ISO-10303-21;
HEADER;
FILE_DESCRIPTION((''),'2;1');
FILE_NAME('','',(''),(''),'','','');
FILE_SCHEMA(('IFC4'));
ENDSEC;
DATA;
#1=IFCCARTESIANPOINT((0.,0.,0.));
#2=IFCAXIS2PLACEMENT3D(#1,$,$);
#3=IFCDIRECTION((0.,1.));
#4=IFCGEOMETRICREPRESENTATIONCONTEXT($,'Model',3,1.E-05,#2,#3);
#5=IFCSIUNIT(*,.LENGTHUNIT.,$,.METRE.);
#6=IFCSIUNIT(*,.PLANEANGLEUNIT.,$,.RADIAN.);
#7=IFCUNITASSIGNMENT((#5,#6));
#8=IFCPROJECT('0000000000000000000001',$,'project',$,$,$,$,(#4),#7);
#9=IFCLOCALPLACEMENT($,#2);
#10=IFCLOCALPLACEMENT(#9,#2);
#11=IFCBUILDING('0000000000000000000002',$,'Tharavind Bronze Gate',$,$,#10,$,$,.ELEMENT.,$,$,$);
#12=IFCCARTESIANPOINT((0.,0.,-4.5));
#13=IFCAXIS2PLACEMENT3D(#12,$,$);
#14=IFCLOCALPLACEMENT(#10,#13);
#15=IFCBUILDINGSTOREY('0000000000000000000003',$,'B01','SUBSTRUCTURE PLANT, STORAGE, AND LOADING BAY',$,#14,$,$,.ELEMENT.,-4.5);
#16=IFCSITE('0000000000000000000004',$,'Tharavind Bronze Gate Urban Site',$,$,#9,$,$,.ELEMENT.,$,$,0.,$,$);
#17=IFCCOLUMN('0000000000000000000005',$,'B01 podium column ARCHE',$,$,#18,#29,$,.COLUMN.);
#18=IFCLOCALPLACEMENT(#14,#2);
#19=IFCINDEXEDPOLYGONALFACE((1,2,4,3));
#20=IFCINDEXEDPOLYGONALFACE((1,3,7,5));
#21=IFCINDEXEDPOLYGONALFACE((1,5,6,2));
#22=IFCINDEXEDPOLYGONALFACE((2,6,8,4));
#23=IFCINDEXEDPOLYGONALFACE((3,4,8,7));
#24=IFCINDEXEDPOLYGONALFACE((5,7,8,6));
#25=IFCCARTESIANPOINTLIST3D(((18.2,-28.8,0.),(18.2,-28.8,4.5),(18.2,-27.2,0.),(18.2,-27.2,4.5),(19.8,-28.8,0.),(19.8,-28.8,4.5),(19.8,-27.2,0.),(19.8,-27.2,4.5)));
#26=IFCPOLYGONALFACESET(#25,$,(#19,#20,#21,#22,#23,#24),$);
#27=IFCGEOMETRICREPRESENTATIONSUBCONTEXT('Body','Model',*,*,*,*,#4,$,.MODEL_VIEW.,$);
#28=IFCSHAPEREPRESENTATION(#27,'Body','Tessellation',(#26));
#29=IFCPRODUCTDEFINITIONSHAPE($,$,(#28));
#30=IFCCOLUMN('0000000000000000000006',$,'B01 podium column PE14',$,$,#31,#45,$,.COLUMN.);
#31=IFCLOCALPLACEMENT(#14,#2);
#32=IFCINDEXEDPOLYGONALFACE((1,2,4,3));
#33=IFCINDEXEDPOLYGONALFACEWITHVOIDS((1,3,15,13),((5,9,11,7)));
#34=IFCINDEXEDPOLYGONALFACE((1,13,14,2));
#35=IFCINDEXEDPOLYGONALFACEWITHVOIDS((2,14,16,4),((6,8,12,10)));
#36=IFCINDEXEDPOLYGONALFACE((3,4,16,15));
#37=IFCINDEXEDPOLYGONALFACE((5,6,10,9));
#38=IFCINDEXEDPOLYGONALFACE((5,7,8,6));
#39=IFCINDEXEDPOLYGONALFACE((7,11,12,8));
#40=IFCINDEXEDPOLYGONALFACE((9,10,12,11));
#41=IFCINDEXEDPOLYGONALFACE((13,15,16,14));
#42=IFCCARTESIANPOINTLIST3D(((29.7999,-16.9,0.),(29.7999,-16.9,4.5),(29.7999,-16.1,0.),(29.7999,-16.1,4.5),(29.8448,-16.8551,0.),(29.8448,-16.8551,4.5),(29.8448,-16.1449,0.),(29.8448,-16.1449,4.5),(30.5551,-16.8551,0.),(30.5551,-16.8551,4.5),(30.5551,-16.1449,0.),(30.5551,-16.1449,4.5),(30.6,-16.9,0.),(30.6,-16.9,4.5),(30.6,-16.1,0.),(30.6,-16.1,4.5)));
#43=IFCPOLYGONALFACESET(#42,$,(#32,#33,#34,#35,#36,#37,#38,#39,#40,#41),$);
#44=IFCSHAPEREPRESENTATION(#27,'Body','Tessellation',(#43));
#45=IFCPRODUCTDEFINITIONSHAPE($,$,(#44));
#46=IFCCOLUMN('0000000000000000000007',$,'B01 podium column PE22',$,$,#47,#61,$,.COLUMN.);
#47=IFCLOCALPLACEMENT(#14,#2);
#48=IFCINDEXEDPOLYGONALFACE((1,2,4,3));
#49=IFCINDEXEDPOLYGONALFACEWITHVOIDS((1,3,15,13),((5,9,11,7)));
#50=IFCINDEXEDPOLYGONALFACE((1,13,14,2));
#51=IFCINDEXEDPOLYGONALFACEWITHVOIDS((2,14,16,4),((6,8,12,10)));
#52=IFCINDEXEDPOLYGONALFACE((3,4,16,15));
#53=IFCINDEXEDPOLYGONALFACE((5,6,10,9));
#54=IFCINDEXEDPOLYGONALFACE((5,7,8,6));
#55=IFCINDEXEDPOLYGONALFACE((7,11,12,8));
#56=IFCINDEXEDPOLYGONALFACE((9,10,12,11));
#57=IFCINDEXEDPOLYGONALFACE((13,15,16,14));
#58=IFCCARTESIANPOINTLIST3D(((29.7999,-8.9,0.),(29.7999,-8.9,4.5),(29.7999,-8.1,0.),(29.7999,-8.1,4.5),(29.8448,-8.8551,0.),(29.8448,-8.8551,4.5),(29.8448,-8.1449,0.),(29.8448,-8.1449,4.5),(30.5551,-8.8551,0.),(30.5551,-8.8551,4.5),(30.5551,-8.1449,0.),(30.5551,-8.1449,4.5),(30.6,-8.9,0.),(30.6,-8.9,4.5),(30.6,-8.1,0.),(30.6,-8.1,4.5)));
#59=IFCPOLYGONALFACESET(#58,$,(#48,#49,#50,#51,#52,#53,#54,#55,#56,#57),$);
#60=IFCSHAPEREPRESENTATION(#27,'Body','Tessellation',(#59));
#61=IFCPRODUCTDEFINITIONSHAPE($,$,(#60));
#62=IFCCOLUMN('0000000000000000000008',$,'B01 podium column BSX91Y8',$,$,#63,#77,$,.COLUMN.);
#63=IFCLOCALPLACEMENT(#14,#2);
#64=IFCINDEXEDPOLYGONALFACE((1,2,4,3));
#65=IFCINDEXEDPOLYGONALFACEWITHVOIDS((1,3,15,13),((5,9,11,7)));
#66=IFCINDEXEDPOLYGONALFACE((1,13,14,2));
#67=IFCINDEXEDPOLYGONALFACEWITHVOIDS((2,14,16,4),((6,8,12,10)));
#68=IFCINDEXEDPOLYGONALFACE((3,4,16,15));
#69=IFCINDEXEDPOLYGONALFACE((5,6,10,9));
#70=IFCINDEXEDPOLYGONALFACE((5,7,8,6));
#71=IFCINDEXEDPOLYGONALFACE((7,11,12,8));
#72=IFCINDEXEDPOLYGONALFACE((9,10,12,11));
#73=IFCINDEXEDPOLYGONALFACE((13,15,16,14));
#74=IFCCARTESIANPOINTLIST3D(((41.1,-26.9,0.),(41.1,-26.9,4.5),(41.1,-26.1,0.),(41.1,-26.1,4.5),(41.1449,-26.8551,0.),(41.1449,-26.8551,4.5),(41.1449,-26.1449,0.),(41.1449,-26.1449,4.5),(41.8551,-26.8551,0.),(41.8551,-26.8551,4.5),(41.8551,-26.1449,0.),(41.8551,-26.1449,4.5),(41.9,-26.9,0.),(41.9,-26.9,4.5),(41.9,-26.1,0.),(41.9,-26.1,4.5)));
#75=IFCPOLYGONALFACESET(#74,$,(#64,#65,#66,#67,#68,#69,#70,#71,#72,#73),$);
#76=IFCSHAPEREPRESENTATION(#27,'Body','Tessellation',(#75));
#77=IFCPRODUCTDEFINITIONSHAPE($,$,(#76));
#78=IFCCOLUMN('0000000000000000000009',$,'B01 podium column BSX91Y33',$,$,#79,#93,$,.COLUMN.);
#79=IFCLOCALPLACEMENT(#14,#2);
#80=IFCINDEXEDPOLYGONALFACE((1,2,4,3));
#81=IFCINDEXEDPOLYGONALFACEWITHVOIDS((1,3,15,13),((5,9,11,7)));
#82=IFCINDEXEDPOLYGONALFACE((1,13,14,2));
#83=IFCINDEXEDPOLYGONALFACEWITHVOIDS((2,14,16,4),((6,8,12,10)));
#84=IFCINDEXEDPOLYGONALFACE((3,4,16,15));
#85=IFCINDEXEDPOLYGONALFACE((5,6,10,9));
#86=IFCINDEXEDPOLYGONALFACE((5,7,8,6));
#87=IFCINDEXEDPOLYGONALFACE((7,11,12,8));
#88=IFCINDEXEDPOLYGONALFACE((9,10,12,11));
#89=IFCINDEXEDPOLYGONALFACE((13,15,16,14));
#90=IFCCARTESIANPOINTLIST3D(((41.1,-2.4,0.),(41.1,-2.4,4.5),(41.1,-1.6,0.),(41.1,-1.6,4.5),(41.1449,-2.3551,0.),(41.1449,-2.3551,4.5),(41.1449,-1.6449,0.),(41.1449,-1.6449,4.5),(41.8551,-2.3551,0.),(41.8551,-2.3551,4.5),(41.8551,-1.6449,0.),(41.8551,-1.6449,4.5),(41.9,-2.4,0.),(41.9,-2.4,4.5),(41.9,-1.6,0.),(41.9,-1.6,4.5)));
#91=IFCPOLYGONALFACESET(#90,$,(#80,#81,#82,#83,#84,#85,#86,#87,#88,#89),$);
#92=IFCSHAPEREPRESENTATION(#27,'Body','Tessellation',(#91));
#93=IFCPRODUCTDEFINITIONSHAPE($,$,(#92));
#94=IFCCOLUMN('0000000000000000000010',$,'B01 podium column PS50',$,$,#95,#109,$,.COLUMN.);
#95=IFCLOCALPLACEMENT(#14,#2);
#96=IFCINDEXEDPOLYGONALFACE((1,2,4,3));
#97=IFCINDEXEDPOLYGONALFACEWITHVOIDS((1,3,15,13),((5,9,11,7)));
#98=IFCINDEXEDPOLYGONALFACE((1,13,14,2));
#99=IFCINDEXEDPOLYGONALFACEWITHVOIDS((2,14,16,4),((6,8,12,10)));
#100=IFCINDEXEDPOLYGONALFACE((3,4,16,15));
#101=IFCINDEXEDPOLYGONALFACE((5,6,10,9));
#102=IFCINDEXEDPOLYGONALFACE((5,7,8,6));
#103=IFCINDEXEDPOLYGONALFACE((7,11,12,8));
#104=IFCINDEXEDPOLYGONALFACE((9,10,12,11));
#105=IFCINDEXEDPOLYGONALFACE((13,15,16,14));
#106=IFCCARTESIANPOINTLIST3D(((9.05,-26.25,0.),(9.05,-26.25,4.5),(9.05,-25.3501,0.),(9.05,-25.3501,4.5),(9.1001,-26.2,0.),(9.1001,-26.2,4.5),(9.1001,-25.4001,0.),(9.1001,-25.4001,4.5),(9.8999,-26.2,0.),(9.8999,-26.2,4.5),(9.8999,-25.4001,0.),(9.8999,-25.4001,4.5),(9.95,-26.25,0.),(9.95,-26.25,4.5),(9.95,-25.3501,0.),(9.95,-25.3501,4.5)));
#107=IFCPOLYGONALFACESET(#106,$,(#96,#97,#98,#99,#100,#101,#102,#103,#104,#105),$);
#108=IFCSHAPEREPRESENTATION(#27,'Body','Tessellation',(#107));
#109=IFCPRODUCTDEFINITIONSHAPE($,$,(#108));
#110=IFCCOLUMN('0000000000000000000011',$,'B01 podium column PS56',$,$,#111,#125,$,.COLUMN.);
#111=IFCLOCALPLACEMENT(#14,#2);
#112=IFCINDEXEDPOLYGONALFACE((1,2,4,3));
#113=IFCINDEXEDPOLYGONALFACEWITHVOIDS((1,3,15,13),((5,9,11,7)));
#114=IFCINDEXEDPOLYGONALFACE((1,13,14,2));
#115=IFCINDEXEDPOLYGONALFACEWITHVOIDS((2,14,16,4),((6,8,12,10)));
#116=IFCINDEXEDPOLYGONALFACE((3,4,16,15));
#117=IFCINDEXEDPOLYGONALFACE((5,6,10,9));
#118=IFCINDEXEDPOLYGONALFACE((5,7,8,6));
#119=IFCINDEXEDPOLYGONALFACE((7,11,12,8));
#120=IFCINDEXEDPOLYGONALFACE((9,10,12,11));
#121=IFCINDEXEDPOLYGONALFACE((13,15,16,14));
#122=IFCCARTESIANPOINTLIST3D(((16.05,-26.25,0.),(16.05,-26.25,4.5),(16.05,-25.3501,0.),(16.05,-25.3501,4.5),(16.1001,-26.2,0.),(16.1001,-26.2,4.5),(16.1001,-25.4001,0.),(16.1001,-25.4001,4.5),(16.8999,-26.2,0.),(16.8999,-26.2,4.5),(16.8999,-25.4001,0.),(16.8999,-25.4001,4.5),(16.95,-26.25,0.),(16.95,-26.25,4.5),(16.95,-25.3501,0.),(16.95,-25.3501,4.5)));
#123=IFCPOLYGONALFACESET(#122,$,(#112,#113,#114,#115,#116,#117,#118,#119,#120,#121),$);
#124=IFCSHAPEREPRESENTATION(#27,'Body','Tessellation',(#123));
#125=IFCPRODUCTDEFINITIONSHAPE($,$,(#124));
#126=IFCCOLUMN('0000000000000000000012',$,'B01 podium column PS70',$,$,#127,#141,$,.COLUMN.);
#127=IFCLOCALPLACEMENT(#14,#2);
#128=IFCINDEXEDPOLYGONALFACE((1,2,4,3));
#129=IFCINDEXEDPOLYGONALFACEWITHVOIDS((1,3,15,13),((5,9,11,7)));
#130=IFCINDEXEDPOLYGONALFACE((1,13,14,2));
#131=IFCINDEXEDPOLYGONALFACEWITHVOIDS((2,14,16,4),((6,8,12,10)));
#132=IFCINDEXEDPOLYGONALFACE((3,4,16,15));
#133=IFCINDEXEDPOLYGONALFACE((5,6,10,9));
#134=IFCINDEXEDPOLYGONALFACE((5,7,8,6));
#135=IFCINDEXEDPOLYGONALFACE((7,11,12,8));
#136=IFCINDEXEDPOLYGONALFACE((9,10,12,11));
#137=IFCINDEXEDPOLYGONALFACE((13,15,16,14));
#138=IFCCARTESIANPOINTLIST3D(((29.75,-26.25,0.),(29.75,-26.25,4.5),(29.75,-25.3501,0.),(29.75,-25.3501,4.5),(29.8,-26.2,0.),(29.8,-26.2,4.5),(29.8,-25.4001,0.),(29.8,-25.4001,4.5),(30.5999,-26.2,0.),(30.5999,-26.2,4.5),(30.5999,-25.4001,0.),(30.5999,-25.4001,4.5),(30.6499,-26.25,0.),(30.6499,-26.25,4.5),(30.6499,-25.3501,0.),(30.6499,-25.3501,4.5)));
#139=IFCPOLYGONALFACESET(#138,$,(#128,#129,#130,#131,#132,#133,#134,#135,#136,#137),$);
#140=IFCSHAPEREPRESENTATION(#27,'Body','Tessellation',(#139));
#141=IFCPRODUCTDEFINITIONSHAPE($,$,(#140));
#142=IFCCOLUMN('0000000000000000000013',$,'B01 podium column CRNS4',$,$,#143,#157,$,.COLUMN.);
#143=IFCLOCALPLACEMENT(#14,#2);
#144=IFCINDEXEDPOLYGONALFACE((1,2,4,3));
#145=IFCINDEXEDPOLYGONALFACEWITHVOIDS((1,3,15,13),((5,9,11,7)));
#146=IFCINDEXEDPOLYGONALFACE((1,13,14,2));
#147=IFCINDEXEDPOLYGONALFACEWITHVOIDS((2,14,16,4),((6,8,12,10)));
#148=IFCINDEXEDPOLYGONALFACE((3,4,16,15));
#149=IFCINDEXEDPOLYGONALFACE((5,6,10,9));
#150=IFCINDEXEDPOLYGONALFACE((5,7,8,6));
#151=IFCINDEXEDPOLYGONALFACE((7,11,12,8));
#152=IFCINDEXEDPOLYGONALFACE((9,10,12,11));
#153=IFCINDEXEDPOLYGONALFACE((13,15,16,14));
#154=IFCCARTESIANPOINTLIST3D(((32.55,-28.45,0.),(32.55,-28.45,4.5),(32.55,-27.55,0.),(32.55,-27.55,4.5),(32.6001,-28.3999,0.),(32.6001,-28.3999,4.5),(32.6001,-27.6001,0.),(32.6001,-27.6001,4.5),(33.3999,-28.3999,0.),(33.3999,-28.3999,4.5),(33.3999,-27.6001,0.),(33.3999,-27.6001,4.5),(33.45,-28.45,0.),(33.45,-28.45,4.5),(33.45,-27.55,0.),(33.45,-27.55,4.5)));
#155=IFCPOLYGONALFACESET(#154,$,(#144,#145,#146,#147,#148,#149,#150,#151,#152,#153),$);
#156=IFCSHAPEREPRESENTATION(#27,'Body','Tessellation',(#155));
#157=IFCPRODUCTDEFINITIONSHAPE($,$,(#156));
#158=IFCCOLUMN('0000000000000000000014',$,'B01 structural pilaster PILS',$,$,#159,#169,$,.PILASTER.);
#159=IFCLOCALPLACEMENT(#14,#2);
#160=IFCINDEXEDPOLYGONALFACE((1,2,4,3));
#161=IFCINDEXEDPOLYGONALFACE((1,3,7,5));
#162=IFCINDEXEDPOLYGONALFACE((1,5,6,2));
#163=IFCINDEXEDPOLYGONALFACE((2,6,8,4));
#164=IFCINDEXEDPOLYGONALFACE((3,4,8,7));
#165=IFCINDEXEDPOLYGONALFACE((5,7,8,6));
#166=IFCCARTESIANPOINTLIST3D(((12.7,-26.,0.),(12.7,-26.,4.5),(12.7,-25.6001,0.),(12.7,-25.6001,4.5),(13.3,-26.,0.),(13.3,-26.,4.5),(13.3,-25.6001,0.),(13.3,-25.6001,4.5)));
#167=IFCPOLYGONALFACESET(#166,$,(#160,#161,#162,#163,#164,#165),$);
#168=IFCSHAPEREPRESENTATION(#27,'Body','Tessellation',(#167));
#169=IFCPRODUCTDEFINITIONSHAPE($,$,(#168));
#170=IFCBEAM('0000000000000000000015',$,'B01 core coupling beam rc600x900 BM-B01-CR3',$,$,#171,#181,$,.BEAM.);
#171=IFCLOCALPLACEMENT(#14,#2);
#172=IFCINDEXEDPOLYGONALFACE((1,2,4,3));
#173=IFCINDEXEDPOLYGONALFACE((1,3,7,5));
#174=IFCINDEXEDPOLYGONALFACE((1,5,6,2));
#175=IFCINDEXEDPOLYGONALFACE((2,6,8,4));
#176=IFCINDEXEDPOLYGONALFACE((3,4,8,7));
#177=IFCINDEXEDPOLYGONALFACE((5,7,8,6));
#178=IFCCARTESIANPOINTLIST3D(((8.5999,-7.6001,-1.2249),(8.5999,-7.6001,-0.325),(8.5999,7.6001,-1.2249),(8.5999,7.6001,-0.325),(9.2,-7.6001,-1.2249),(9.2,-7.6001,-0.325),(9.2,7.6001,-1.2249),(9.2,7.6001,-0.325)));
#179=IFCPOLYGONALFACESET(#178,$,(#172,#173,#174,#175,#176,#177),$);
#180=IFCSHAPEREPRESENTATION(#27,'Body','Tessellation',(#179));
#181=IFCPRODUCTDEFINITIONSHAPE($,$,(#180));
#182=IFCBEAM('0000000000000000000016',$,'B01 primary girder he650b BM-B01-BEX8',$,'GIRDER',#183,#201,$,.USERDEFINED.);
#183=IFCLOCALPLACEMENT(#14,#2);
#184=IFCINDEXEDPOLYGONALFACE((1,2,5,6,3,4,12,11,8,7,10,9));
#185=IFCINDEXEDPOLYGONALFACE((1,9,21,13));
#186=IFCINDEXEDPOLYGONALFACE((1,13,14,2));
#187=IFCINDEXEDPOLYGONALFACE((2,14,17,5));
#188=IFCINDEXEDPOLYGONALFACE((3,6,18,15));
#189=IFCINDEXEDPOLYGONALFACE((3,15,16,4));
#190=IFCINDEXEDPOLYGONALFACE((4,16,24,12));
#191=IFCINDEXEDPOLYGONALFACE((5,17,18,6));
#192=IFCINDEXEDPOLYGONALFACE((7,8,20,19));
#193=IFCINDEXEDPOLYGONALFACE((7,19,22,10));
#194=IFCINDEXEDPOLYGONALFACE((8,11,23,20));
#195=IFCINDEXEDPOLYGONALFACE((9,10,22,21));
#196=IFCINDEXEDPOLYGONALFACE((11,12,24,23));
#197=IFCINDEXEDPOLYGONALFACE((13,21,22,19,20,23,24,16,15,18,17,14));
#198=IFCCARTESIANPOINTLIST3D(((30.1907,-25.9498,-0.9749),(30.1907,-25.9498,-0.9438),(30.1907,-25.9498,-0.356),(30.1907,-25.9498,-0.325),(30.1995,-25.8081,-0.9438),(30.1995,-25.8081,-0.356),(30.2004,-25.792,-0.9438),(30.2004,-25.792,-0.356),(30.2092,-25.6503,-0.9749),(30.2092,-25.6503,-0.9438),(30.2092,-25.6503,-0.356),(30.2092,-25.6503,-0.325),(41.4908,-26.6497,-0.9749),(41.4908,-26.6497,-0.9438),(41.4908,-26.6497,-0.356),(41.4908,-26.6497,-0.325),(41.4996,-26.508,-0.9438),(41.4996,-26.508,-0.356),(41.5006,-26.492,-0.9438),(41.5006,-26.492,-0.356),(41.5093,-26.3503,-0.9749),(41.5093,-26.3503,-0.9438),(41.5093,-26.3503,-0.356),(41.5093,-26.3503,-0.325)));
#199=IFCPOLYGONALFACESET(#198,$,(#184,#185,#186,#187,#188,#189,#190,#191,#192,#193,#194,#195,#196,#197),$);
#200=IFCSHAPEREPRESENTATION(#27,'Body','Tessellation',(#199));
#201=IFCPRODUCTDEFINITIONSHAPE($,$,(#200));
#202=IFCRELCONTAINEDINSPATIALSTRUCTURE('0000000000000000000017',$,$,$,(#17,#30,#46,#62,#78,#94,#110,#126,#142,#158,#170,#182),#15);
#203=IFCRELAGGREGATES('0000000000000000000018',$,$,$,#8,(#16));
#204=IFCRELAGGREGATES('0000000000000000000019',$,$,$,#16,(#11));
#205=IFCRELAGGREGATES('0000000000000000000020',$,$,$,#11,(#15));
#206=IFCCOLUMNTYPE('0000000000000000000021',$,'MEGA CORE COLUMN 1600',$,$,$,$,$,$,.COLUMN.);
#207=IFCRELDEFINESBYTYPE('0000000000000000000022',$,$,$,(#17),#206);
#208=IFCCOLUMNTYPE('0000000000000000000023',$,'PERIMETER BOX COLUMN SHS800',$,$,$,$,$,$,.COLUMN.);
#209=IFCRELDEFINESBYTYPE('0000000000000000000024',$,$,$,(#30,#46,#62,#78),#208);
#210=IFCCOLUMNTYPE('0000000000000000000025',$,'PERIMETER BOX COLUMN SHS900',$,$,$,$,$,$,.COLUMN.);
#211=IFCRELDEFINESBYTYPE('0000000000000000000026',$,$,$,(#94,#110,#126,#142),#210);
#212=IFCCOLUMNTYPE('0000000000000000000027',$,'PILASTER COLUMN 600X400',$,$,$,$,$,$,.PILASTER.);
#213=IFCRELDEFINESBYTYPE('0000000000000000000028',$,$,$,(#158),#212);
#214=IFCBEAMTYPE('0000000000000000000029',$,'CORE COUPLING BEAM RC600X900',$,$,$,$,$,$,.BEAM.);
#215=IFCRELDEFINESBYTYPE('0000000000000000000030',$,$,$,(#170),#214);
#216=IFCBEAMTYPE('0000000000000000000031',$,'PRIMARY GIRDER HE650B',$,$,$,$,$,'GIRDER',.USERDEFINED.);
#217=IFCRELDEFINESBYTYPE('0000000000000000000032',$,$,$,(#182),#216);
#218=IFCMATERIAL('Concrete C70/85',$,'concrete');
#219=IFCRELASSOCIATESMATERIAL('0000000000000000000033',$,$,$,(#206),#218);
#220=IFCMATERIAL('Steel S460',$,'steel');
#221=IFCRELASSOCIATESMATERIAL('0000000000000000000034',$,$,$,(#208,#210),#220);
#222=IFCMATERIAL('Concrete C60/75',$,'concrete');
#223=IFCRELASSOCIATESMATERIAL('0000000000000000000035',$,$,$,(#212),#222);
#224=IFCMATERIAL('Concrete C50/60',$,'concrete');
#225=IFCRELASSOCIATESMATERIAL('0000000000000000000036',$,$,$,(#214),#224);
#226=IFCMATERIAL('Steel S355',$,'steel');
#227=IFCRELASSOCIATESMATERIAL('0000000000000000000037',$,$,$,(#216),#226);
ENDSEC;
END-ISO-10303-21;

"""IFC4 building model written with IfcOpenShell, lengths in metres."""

from ifc_helpers import new_model, si_unit, direction, frame, origin, origin_2d, place, context, subcontext, project, spatial, rectangle, hollow_rectangle, i_section, extrude, material, material_profile, profile_set, type_object, element, save


model = new_model("IFC4")

# Units and contexts
model_context = context("Model", 3, precision=1e-05, world=origin(), true_north=direction((0.0, 1.0)))
body_context = subcontext(model_context, "Body", "Model", "MODEL_VIEW")
ifc_project = project(units=[si_unit("LENGTHUNIT", "METRE"), si_unit("PLANEANGLEUNIT", "RADIAN")], contexts=[model_context])

# Site, building, storey
site_placement = place(None, origin())
site = spatial("IfcSite", under=ifc_project, at=site_placement, Name="Tharavind Bronze Gate Urban Site", CompositionType="ELEMENT", RefElevation=0.0)
building_placement = place(site_placement, origin())
building = spatial("IfcBuilding", under=site, at=building_placement, Name="Tharavind Bronze Gate", CompositionType="ELEMENT")
storey_placement = place(building_placement, frame((0.0, 0.0, -4.5)))
storey = spatial("IfcBuildingStorey", under=building, at=storey_placement, Name="B01", Description="SUBSTRUCTURE PLANT, STORAGE, AND LOADING BAY", CompositionType="ELEMENT", Elevation=-4.5)

# Columns
ifc_material_1 = material(Name="Concrete C70/85", Category="concrete")
ifc_material_profile_1 = material_profile(ifc_material_1, rectangle(XDim=1.6001, YDim=1.6001, at=origin_2d()), Name="RCCOL1600")
ifc_profile_set_1 = profile_set([ifc_material_profile_1], Name="Concrete C70/85")
column_type_1 = type_object("IfcColumnType", Name="MEGA CORE COLUMN 1600", PredefinedType="COLUMN", material=ifc_profile_set_1)
column_1_placement = place(storey_placement, frame((19.0, -28.0, 0.0), z_axis=(0.0, 0.0, 1.0), x_axis=(1.0, 0.0, 0.0)))
element("IfcColumn", 1, at=column_1_placement, inside=storey, type_object=column_type_1, Name="B01 podium column ARCHE", PredefinedType="COLUMN", context=body_context, shape_type="SweptSolid", body=[
    extrude(rectangle(XDim=1.6001, YDim=1.6001, at=origin_2d()), origin(), (0.0, 0.0, 1.0), 4.5),
])
ifc_material_2 = material(Name="Steel S460", Category="steel")
ifc_material_profile_2 = material_profile(ifc_material_2, hollow_rectangle(XDim=0.8, YDim=0.8, WallThickness=0.0449, at=origin_2d()), Name="SHS800X45")
ifc_profile_set_2 = profile_set([ifc_material_profile_2], Name="Steel S460")
column_type_2 = type_object("IfcColumnType", Name="PERIMETER BOX COLUMN SHS800", PredefinedType="COLUMN", material=ifc_profile_set_2)
for number, where, z_axis, x_axis, name in (
    (2, (30.2, -16.5, 0.0), (0.0, 0.0, 1.0), (1.0, 0.0, 0.0), "B01 podium column PE14"),
    (3, (30.2, -8.5, 0.0), (0.0, 0.0, 1.0), (1.0, 0.0, 0.0), "B01 podium column PE22"),
    (4, (41.5, -26.5, 0.0), (0.0, 0.0, 1.0), (1.0, 0.0, 0.0), "B01 podium column BSX91Y8"),
    (5, (41.5, -2.0, 0.0), (0.0, 0.0, 1.0), (1.0, 0.0, 0.0), "B01 podium column BSX91Y33"),
):
    element("IfcColumn", number, at=place(storey_placement, frame(where, z_axis=z_axis, x_axis=x_axis)), inside=storey, type_object=column_type_2, Name=name, PredefinedType="COLUMN", context=body_context, shape_type="SweptSolid", body=[
        extrude(hollow_rectangle(XDim=0.8, YDim=0.8, WallThickness=0.0449, at=origin_2d()), origin(), (0.0, 0.0, 1.0), 4.5),
    ])
ifc_material_profile_3 = material_profile(ifc_material_2, hollow_rectangle(XDim=0.8999, YDim=0.8999, WallThickness=0.05, at=origin_2d()), Name="SHS900X50")
ifc_profile_set_3 = profile_set([ifc_material_profile_3], Name="Steel S460")
column_type_3 = type_object("IfcColumnType", Name="PERIMETER BOX COLUMN SHS900", PredefinedType="COLUMN", material=ifc_profile_set_3)
for number, where, z_axis, x_axis, name in (
    (6, (9.5, -25.8, 0.0), (0.0, 0.0, 1.0), (1.0, 0.0, 0.0), "B01 podium column PS50"),
    (7, (16.5, -25.8, 0.0), (0.0, 0.0, 1.0), (1.0, 0.0, 0.0), "B01 podium column PS56"),
    (8, (30.2, -25.8, 0.0), (0.0, 0.0, 1.0), (1.0, 0.0, 0.0), "B01 podium column PS70"),
    (9, (33.0, -28.0, 0.0), (0.0, 0.0, 1.0), (1.0, 0.0, 0.0), "B01 podium column CRNS4"),
):
    element("IfcColumn", number, at=place(storey_placement, frame(where, z_axis=z_axis, x_axis=x_axis)), inside=storey, type_object=column_type_3, Name=name, PredefinedType="COLUMN", context=body_context, shape_type="SweptSolid", body=[
        extrude(hollow_rectangle(XDim=0.8999, YDim=0.8999, WallThickness=0.05, at=origin_2d()), origin(), (0.0, 0.0, 1.0), 4.5),
    ])
ifc_material_3 = material(Name="Concrete C60/75", Category="concrete")
ifc_material_profile_4 = material_profile(ifc_material_3, rectangle(XDim=0.6001, YDim=0.3999, at=origin_2d()), Name="RCPIL600X400")
ifc_profile_set_4 = profile_set([ifc_material_profile_4], Name="Concrete C60/75")
column_type_4 = type_object("IfcColumnType", Name="PILASTER COLUMN 600X400", PredefinedType="PILASTER", material=ifc_profile_set_4)
column_2_placement = place(storey_placement, frame((13.0, -25.8, 0.0), z_axis=(0.0, 0.0, 1.0), x_axis=(1.0, 0.0, 0.0)))
element("IfcColumn", 10, at=column_2_placement, inside=storey, type_object=column_type_4, Name="B01 structural pilaster PILS", PredefinedType="PILASTER", context=body_context, shape_type="SweptSolid", body=[
    extrude(rectangle(XDim=0.6001, YDim=0.3999, at=origin_2d()), origin(), (0.0, 0.0, 1.0), 4.5),
])

# Beams
ifc_material_4 = material(Name="Concrete C50/60", Category="concrete")
ifc_material_profile_5 = material_profile(ifc_material_4, rectangle(XDim=0.6001, YDim=0.8999, at=origin_2d()), Name="RCBM600X900")
ifc_profile_set_5 = profile_set([ifc_material_profile_5], Name="Concrete C50/60")
beam_type_1 = type_object("IfcBeamType", Name="CORE COUPLING BEAM RC600X900", PredefinedType="BEAM", material=ifc_profile_set_5)
beam_1_placement = place(storey_placement, frame((8.8999, -7.6001, -0.7749), z_axis=(0.0, 1.0, 0.0), x_axis=(-1.0, 0.0, 0.0)))
element("IfcBeam", 11, at=beam_1_placement, inside=storey, type_object=beam_type_1, Name="B01 core coupling beam rc600x900 BM-B01-CR3", PredefinedType="BEAM", context=body_context, shape_type="SweptSolid", body=[
    extrude(rectangle(XDim=0.6001, YDim=0.8999, at=origin_2d()), origin(), (0.0, 0.0, 1.0), 15.2002),
])
ifc_material_5 = material(Name="Steel S355", Category="steel")
ifc_material_profile_6 = material_profile(ifc_material_5, i_section(OverallWidth=0.3, OverallDepth=0.6499, WebThickness=0.0161, FlangeThickness=0.031, at=origin_2d()), Name="HE650B")
ifc_profile_set_6 = profile_set([ifc_material_profile_6], Name="Steel S355")
beam_type_2 = type_object("IfcBeamType", Name="PRIMARY GIRDER HE650B", ElementType="GIRDER", PredefinedType="USERDEFINED", material=ifc_profile_set_6)
beam_2_placement = place(storey_placement, frame((30.2, -25.8, -0.6499), z_axis=(0.998087, -0.061824, 0.0), x_axis=(0.061824, 0.998087, 0.0)))
element("IfcBeam", 12, at=beam_2_placement, inside=storey, type_object=beam_type_2, Name="B01 primary girder he650b BM-B01-BEX8", ObjectType="GIRDER", PredefinedType="USERDEFINED", context=body_context, shape_type="SweptSolid", body=[
    extrude(i_section(OverallWidth=0.3, OverallDepth=0.6499, WebThickness=0.0161, FlangeThickness=0.031, at=origin_2d()), origin(), (0.0, 0.0, 1.0), 11.3218),
])

save(model, "model.ifc")
